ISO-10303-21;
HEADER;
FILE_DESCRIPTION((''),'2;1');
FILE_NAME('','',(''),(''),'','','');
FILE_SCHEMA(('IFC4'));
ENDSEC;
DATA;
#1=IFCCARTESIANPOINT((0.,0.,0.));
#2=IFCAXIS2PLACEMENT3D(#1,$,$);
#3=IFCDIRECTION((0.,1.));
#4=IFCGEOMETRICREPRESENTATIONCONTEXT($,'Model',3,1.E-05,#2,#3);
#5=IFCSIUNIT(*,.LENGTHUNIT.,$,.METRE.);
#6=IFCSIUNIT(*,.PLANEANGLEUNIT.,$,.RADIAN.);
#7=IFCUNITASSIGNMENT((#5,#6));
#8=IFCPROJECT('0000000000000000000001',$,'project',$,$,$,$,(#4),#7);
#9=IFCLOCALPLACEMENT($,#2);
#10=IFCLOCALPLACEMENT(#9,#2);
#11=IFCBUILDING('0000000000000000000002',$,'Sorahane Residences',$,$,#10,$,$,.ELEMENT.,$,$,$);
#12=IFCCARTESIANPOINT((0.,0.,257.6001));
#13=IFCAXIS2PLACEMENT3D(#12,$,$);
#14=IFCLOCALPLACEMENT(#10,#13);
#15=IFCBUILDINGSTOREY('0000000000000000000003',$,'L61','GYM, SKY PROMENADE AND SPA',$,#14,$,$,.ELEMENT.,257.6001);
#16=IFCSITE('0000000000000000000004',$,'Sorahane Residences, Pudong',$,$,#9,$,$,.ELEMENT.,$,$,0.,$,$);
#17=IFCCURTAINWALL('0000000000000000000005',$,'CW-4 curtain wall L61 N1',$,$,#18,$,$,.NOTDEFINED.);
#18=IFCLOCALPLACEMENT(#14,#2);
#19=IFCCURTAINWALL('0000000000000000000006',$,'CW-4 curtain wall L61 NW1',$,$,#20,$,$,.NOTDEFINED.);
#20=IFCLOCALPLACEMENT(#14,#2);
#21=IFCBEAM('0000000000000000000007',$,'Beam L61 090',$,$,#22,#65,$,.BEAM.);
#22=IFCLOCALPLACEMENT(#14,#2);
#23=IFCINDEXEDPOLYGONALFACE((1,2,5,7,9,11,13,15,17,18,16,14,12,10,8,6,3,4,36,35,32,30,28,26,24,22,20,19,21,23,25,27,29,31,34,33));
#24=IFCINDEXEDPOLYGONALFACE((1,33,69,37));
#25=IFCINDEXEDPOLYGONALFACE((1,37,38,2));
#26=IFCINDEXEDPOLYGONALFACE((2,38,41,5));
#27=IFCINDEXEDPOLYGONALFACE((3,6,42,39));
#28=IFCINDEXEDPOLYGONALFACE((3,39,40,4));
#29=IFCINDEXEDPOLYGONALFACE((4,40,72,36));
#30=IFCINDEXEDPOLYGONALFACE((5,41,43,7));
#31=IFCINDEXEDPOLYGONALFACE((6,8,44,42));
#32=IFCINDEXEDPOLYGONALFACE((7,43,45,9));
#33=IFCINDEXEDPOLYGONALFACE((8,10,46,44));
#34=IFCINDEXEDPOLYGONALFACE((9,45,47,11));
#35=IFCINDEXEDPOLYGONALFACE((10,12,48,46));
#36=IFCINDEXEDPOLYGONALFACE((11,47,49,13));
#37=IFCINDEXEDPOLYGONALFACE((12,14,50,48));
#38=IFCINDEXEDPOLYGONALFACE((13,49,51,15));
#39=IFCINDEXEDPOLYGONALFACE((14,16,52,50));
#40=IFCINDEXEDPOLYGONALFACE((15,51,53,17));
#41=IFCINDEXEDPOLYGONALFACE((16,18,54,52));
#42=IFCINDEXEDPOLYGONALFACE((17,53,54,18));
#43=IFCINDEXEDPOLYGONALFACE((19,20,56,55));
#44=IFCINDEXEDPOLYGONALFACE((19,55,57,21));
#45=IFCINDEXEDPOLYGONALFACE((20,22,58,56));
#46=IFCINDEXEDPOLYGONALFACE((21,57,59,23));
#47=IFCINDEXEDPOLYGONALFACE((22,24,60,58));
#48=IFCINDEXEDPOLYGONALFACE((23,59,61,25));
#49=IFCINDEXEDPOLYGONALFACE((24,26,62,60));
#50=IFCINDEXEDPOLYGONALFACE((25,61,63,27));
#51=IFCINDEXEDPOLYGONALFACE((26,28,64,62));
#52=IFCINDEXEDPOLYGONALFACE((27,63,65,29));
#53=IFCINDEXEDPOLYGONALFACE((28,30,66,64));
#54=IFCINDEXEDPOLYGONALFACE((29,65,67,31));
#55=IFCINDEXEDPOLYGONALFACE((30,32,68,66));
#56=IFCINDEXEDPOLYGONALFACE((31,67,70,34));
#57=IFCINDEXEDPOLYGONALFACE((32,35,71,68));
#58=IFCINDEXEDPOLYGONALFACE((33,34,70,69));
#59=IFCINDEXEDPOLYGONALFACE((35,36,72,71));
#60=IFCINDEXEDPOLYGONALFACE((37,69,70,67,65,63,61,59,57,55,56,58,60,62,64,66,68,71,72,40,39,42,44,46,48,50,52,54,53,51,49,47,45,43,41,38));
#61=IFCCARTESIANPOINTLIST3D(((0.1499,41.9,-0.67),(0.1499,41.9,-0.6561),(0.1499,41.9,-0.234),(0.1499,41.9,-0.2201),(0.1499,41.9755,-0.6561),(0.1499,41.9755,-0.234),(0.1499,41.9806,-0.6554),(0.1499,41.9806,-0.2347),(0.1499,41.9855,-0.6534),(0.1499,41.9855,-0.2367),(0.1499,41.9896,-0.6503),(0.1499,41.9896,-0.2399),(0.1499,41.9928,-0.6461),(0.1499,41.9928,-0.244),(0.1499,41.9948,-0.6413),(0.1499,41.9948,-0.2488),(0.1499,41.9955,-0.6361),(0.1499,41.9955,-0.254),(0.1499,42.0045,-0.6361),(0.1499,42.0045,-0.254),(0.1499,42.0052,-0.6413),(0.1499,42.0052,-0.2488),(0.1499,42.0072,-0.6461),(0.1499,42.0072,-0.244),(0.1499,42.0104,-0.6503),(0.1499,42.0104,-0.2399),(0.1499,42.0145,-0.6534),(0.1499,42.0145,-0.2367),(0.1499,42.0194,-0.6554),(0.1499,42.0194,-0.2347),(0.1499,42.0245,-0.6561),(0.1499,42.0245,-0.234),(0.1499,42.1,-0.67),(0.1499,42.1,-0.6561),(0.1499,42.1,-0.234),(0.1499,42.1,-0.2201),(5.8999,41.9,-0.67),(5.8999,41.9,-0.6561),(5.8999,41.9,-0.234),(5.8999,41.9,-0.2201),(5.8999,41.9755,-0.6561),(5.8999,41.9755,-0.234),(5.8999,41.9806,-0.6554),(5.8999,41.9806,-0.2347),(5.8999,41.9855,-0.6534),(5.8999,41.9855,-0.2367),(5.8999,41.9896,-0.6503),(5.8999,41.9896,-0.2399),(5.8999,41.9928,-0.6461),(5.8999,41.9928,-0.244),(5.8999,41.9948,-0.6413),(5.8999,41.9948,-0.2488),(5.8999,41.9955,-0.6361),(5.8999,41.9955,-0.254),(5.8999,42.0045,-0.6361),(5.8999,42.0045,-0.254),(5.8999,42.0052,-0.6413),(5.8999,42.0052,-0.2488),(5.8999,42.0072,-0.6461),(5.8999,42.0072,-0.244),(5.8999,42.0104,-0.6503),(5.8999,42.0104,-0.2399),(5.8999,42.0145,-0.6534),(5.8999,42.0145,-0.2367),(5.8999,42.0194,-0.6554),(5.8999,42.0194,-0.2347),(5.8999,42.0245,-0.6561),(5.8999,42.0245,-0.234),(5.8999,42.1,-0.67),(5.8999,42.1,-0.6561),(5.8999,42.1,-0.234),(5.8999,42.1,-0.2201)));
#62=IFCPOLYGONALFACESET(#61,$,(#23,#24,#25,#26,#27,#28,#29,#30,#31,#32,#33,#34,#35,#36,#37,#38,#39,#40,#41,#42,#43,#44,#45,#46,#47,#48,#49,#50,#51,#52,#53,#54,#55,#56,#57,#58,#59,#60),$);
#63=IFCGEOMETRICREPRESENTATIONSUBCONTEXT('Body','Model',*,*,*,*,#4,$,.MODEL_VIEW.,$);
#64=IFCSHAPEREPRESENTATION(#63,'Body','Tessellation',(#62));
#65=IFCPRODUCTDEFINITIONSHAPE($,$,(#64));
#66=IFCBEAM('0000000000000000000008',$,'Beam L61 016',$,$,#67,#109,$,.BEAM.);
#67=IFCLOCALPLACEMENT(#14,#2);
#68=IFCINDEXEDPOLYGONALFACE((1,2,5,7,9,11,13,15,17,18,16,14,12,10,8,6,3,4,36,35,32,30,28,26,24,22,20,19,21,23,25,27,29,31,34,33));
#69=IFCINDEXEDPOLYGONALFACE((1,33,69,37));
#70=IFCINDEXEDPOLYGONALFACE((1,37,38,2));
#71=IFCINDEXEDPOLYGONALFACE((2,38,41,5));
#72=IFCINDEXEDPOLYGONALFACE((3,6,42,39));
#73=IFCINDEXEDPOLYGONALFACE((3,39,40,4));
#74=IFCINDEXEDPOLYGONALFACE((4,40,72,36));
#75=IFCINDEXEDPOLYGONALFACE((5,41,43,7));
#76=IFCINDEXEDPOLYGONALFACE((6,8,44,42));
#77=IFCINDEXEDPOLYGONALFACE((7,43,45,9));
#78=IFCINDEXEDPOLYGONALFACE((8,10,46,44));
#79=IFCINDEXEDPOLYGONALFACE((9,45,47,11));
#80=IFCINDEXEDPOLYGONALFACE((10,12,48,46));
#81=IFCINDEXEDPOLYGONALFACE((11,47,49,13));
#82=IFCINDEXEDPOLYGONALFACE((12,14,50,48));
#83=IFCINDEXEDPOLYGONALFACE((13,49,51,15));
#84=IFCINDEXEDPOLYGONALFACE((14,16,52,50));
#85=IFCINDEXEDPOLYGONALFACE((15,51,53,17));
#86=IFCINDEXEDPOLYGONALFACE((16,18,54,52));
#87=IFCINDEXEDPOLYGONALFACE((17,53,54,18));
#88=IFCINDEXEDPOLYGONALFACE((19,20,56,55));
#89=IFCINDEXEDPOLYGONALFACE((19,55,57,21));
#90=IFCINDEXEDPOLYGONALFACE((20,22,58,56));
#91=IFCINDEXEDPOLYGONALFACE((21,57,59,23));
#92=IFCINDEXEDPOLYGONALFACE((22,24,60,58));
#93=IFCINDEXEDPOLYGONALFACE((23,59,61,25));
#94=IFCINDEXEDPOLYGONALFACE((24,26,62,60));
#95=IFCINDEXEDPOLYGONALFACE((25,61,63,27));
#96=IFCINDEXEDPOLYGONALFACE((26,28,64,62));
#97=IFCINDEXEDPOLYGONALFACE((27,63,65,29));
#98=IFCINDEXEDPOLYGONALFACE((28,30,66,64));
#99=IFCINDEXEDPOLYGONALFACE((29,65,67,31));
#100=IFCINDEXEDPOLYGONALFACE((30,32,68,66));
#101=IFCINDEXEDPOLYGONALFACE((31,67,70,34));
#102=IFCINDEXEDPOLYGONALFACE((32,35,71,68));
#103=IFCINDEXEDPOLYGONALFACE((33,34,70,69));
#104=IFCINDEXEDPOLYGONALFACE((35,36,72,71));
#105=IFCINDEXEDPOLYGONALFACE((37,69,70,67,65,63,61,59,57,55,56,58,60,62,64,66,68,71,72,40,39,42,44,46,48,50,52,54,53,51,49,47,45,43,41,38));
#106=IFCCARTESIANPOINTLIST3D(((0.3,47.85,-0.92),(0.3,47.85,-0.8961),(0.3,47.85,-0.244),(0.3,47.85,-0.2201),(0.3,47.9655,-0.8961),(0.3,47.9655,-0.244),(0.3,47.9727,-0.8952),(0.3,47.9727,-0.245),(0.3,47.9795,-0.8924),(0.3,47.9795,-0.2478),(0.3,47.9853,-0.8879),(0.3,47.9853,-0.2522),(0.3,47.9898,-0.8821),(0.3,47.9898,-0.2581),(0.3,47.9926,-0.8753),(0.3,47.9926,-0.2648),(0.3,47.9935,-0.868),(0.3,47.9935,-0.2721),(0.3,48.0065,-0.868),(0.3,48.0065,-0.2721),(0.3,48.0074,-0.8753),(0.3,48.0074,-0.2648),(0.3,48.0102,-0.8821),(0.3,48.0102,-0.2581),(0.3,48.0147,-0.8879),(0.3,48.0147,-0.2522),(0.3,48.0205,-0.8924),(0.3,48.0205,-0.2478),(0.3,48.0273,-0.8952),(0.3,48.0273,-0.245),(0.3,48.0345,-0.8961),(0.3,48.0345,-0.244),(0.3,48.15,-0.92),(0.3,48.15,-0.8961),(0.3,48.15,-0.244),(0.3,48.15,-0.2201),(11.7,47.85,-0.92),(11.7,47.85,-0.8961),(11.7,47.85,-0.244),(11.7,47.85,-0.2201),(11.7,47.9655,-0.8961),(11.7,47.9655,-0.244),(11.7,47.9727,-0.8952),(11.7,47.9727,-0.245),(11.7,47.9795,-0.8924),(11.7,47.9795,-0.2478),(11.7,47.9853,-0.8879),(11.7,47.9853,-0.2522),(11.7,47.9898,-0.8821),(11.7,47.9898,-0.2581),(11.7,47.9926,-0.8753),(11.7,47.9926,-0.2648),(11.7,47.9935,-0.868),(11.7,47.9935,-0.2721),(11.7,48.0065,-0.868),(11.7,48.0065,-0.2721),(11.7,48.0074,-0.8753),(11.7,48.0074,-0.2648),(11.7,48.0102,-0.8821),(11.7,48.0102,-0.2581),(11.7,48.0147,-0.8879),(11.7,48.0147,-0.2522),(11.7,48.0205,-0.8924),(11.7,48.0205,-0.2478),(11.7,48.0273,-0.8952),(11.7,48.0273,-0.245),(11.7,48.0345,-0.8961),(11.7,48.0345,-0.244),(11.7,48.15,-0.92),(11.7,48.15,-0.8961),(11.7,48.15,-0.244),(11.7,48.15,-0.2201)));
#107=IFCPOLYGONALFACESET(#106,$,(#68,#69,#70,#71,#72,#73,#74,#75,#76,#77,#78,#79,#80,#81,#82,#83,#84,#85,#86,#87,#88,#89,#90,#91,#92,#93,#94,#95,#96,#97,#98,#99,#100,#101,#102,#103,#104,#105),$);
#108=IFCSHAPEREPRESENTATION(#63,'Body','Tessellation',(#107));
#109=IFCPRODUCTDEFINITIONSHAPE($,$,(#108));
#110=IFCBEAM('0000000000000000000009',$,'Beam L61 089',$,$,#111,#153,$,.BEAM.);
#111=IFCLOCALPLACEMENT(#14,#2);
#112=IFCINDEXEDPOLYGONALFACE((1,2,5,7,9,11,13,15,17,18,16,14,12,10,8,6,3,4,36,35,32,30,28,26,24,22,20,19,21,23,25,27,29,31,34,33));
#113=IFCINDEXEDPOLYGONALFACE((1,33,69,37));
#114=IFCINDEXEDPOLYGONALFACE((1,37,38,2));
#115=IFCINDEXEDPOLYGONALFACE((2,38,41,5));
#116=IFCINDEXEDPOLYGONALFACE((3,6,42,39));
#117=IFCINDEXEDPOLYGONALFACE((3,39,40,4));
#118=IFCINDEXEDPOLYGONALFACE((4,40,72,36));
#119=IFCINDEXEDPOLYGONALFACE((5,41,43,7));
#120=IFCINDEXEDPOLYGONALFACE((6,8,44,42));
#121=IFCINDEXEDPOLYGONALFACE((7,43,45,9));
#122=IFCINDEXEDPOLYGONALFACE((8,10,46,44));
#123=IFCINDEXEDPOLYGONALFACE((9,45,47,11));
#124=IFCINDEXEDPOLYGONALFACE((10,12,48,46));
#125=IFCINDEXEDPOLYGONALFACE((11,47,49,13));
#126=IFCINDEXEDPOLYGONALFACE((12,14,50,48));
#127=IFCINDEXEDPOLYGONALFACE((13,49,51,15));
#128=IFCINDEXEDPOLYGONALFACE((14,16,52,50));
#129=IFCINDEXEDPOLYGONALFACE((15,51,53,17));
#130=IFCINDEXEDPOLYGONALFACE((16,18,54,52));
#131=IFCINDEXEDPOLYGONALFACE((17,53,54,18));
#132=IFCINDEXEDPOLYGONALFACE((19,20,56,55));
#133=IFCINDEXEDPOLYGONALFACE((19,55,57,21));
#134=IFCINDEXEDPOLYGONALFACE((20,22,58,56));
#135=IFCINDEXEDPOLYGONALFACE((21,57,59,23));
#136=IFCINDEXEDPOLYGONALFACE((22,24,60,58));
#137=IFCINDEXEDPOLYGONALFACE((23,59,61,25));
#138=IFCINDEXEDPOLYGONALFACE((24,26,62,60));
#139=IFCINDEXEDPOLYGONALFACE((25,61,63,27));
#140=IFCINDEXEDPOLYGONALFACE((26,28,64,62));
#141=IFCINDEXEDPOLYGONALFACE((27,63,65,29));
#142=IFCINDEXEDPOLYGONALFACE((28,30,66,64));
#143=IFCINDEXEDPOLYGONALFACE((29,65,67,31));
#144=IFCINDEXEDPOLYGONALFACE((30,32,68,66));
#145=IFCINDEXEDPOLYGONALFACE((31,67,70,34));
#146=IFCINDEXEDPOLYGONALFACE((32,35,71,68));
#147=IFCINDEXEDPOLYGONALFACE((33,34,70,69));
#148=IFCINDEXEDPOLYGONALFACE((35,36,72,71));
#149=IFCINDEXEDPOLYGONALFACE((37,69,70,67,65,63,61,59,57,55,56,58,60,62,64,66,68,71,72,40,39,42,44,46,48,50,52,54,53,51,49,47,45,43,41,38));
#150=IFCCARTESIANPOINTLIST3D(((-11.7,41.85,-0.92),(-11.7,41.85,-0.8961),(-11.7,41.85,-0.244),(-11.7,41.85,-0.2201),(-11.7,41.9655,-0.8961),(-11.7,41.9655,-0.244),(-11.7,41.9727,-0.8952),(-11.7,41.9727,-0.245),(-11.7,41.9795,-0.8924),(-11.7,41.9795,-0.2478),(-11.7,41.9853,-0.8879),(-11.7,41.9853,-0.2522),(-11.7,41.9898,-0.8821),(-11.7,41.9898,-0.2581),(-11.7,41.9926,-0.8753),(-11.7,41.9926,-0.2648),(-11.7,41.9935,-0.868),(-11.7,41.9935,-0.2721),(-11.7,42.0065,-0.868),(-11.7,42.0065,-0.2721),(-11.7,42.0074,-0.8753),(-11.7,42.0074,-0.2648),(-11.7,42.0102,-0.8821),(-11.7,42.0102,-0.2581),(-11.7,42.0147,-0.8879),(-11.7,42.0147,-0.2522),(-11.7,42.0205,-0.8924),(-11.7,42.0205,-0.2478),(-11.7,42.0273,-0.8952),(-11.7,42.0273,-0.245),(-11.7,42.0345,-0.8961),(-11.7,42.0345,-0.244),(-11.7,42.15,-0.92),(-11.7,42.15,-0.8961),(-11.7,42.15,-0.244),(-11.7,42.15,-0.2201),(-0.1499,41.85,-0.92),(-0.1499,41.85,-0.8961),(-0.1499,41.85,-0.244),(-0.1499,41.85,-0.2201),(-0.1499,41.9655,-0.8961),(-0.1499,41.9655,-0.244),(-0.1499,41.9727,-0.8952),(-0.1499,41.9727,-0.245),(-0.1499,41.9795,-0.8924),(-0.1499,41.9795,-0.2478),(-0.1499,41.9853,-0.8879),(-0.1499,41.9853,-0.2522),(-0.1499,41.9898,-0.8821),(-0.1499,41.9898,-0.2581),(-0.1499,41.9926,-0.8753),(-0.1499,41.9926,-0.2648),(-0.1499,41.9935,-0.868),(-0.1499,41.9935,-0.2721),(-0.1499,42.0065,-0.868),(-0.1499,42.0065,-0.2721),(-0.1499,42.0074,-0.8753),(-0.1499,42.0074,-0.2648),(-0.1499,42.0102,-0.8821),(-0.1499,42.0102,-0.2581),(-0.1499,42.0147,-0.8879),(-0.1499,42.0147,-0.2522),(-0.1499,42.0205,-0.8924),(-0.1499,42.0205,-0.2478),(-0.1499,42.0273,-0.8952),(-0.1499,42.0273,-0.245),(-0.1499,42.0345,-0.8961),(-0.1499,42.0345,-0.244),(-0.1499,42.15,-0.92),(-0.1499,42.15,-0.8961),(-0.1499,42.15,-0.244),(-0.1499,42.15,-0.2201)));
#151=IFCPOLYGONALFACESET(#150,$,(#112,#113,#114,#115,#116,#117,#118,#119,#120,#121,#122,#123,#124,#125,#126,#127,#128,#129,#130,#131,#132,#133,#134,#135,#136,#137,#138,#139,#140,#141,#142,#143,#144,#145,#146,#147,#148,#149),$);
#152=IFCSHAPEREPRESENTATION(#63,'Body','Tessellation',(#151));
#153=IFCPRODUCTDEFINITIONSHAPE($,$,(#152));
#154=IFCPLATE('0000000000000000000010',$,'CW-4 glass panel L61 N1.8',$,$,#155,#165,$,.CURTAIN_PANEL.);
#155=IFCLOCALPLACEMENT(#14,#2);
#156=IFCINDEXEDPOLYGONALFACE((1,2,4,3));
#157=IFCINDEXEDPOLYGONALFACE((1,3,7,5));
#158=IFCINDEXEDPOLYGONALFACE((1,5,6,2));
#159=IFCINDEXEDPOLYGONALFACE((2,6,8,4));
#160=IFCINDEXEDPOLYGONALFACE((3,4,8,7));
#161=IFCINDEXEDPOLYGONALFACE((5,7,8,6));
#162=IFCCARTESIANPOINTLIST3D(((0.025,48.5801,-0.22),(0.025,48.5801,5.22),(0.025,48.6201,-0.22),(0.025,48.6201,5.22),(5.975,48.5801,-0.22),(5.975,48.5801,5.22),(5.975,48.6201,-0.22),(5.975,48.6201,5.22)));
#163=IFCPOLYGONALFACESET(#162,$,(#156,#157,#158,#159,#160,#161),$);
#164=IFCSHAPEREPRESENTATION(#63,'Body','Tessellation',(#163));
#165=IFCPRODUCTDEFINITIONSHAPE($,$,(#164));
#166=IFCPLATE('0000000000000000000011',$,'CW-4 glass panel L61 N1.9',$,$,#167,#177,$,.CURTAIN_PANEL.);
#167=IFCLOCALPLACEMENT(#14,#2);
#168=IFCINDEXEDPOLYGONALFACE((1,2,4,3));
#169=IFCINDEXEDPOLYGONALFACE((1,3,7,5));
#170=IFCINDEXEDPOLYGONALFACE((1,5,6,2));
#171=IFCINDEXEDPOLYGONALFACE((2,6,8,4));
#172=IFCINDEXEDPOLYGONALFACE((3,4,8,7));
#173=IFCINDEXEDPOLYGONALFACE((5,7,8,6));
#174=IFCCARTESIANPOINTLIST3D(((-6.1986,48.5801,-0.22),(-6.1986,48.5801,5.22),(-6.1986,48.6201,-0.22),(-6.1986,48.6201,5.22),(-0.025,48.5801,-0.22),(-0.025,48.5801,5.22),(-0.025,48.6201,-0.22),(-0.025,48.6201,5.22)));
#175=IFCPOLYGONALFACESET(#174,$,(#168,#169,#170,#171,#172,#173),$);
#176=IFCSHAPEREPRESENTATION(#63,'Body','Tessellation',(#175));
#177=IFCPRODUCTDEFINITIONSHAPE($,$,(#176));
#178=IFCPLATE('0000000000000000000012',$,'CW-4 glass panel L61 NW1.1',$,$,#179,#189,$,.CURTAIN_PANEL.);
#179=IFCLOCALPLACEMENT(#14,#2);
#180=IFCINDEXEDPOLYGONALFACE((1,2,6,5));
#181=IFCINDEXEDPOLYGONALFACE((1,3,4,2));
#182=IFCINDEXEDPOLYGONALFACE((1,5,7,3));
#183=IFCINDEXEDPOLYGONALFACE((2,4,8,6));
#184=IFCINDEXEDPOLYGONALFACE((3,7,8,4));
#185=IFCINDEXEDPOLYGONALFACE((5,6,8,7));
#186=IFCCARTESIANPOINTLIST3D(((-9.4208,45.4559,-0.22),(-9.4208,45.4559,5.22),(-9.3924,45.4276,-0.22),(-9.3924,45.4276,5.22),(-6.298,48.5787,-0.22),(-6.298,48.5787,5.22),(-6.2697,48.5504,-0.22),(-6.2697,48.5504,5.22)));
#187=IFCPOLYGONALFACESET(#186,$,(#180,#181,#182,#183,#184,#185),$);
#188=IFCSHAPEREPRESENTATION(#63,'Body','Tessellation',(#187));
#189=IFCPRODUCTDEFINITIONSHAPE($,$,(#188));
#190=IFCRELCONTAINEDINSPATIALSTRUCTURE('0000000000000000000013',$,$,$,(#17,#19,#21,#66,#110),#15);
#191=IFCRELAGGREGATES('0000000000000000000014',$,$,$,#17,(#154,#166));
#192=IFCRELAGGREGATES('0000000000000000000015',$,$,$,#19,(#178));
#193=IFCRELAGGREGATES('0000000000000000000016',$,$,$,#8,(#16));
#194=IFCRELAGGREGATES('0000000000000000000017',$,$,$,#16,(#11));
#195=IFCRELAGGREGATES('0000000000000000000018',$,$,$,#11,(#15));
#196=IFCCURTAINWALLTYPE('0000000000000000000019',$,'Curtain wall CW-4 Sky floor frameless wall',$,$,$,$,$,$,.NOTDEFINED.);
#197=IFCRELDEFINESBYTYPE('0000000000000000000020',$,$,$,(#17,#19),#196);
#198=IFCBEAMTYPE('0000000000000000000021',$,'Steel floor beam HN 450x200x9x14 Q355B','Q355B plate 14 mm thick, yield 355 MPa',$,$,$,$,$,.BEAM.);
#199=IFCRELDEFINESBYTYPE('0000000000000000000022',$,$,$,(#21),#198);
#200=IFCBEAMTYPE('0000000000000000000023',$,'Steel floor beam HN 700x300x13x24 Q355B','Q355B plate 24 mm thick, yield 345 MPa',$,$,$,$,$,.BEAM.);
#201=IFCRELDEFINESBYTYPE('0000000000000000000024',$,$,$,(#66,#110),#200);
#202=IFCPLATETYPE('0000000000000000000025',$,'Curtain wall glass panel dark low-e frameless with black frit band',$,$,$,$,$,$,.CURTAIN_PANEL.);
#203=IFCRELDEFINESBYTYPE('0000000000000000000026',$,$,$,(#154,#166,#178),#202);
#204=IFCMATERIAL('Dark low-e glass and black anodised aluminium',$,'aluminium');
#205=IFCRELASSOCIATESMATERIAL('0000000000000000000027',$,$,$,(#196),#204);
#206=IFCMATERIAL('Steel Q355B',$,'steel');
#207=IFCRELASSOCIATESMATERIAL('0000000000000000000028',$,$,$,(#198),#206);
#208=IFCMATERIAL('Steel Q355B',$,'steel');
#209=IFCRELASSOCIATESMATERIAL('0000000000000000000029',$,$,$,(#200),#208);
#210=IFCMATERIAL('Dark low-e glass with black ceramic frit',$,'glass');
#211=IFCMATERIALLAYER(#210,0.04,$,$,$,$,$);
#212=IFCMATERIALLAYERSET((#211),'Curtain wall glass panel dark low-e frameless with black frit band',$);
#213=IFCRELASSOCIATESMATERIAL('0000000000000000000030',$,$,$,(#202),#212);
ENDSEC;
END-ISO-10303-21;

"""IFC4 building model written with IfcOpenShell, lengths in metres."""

from ifc_helpers import new_model, si_unit, direction, frame, origin, origin_2d, place, context, subcontext, project, spatial, rectangle, i_section, extrude, material, layer, layer_set, material_profile, profile_set, type_object, element, aggregate, save


model = new_model("IFC4")

# Units and contexts
model_context = context("Model", 3, precision=1e-05, world=origin(), true_north=direction((0.0, 1.0)))
body_context = subcontext(model_context, "Body", "Model", "MODEL_VIEW")
ifc_project = project(units=[si_unit("LENGTHUNIT", "METRE"), si_unit("PLANEANGLEUNIT", "RADIAN")], contexts=[model_context])

# Site, building, storey
site_placement = place(None, origin())
site = spatial("IfcSite", under=ifc_project, at=site_placement, Name="Sorahane Residences, Pudong", CompositionType="ELEMENT", RefElevation=0.0)
building_placement = place(site_placement, origin())
building = spatial("IfcBuilding", under=site, at=building_placement, Name="Sorahane Residences", CompositionType="ELEMENT")
storey_placement = place(building_placement, frame((0.0, 0.0, 257.6001)))
storey = spatial("IfcBuildingStorey", under=building, at=storey_placement, Name="L61", Description="GYM, SKY PROMENADE AND SPA", CompositionType="ELEMENT", Elevation=257.6001)

# Curtain walls
ifc_material_1 = material(Name="Dark low-e glass and black anodised aluminium", Category="aluminium")
curtain_wall_type = type_object("IfcCurtainWallType", Name="Curtain wall CW-4 Sky floor frameless wall", PredefinedType="NOTDEFINED", material=ifc_material_1)
curtain_wall_1_placement = place(storey_placement, origin())
curtain_wall_1 = element("IfcCurtainWall", 1, at=curtain_wall_1_placement, inside=storey, type_object=curtain_wall_type, Name="CW-4 curtain wall L61 N1", PredefinedType="NOTDEFINED")
curtain_wall_2_placement = place(storey_placement, origin())
curtain_wall_2 = element("IfcCurtainWall", 2, at=curtain_wall_2_placement, inside=storey, type_object=curtain_wall_type, Name="CW-4 curtain wall L61 NW1", PredefinedType="NOTDEFINED")

# Beams
ifc_material_2 = material(Name="Steel Q355B", Category="steel")
ifc_material_profile_1 = material_profile(ifc_material_2, i_section(OverallWidth=0.2, OverallDepth=0.45, WebThickness=0.009, FlangeThickness=0.0139, FilletRadius=0.02, at=origin_2d()), Name="HN 450x200x9x14")
ifc_profile_set_1 = profile_set([ifc_material_profile_1], Name="Steel Q355B")
beam_type_1 = type_object("IfcBeamType", Name="Steel floor beam HN 450x200x9x14 Q355B", Description="Q355B plate 14 mm thick, yield 355 MPa", PredefinedType="BEAM", material=ifc_profile_set_1)
beam_1_placement = place(storey_placement, frame((0.1499, 42.0, -0.4451), z_axis=(1.0, 0.0, 0.0), x_axis=(0.0, 1.0, 0.0)))
element("IfcBeam", 3, at=beam_1_placement, inside=storey, type_object=beam_type_1, Name="Beam L61 090", PredefinedType="BEAM", context=body_context, shape_type="SweptSolid", body=[
    extrude(i_section(OverallWidth=0.2, OverallDepth=0.45, WebThickness=0.009, FlangeThickness=0.0139, FilletRadius=0.02, at=origin_2d()), origin(), (0.0, 0.0, 1.0), 5.75),
])
ifc_material_3 = material(Name="Steel Q355B", Category="steel")
ifc_material_profile_2 = material_profile(ifc_material_3, i_section(OverallWidth=0.3, OverallDepth=0.7, WebThickness=0.0129, FlangeThickness=0.0239, FilletRadius=0.0281, at=origin_2d()), Name="HN 700x300x13x24")
ifc_profile_set_2 = profile_set([ifc_material_profile_2], Name="Steel Q355B")
beam_type_2 = type_object("IfcBeamType", Name="Steel floor beam HN 700x300x13x24 Q355B", Description="Q355B plate 24 mm thick, yield 345 MPa", PredefinedType="BEAM", material=ifc_profile_set_2)
beam_2_placement = place(storey_placement, frame((0.3, 48.0, -0.5701), z_axis=(1.0, 0.0, 0.0), x_axis=(0.0, 1.0, 0.0)))
element("IfcBeam", 4, at=beam_2_placement, inside=storey, type_object=beam_type_2, Name="Beam L61 016", PredefinedType="BEAM", context=body_context, shape_type="SweptSolid", body=[
    extrude(i_section(OverallWidth=0.3, OverallDepth=0.7, WebThickness=0.0129, FlangeThickness=0.0239, FilletRadius=0.0281, at=origin_2d()), origin(), (0.0, 0.0, 1.0), 11.3999),
])
beam_3_placement = place(storey_placement, frame((-11.7, 42.0, -0.5701), z_axis=(1.0, 0.0, 0.0), x_axis=(0.0, 1.0, 0.0)))
element("IfcBeam", 5, at=beam_3_placement, inside=storey, type_object=beam_type_2, Name="Beam L61 089", PredefinedType="BEAM", context=body_context, shape_type="SweptSolid", body=[
    extrude(i_section(OverallWidth=0.3, OverallDepth=0.7, WebThickness=0.0129, FlangeThickness=0.0239, FilletRadius=0.0281, at=origin_2d()), origin(), (0.0, 0.0, 1.0), 11.55),
])

# Plates
ifc_material_4 = material(Name="Dark low-e glass with black ceramic frit", Category="glass")
ifc_layer_1 = layer(ifc_material_4, 0.04)
ifc_layer_set_1 = layer_set([ifc_layer_1], Name="Curtain wall glass panel dark low-e frameless with black frit band")
plate_type = type_object("IfcPlateType", Name="Curtain wall glass panel dark low-e frameless with black frit band", PredefinedType="CURTAIN_PANEL", material=ifc_layer_set_1)
plate_1_placement = place(storey_placement, frame((3.0, 48.6001, -0.22), z_axis=(0.0, 0.0, 1.0), x_axis=(-1.0, 0.0, 0.0)))
plate_1 = element("IfcPlate", 6, at=plate_1_placement, type_object=plate_type, Name="CW-4 glass panel L61 N1.8", PredefinedType="CURTAIN_PANEL", context=body_context, shape_type="SweptSolid", body=[
    extrude(rectangle(XDim=5.95, YDim=0.04, at=origin_2d()), origin(), (0.0, 0.0, 1.0), 5.4399),
])
plate_2_placement = place(storey_placement, frame((-3.1118, 48.6001, -0.22), z_axis=(0.0, 0.0, 1.0), x_axis=(-1.0, 0.0, 0.0)))
plate_2 = element("IfcPlate", 7, at=plate_2_placement, type_object=plate_type, Name="CW-4 glass panel L61 N1.9", PredefinedType="CURTAIN_PANEL", context=body_context, shape_type="SweptSolid", body=[
    extrude(rectangle(XDim=6.1736, YDim=0.04, at=origin_2d()), origin(), (0.0, 0.0, 1.0), 5.4399),
])
aggregate(curtain_wall_1, [plate_1, plate_2])
plate_3_placement = place(storey_placement, frame((-7.8452, 47.0032, -0.22), z_axis=(0.0, 0.0, 1.0), x_axis=(-0.707107, -0.707107, 0.0)))
plate_3 = element("IfcPlate", 8, at=plate_3_placement, type_object=plate_type, Name="CW-4 glass panel L61 NW1.1", PredefinedType="CURTAIN_PANEL", context=body_context, shape_type="SweptSolid", body=[
    extrude(rectangle(XDim=4.4163, YDim=0.04, at=origin_2d()), origin(), (0.0, 0.0, 1.0), 5.4399),
])
aggregate(curtain_wall_2, [plate_3])

save(model, "model.ifc")
